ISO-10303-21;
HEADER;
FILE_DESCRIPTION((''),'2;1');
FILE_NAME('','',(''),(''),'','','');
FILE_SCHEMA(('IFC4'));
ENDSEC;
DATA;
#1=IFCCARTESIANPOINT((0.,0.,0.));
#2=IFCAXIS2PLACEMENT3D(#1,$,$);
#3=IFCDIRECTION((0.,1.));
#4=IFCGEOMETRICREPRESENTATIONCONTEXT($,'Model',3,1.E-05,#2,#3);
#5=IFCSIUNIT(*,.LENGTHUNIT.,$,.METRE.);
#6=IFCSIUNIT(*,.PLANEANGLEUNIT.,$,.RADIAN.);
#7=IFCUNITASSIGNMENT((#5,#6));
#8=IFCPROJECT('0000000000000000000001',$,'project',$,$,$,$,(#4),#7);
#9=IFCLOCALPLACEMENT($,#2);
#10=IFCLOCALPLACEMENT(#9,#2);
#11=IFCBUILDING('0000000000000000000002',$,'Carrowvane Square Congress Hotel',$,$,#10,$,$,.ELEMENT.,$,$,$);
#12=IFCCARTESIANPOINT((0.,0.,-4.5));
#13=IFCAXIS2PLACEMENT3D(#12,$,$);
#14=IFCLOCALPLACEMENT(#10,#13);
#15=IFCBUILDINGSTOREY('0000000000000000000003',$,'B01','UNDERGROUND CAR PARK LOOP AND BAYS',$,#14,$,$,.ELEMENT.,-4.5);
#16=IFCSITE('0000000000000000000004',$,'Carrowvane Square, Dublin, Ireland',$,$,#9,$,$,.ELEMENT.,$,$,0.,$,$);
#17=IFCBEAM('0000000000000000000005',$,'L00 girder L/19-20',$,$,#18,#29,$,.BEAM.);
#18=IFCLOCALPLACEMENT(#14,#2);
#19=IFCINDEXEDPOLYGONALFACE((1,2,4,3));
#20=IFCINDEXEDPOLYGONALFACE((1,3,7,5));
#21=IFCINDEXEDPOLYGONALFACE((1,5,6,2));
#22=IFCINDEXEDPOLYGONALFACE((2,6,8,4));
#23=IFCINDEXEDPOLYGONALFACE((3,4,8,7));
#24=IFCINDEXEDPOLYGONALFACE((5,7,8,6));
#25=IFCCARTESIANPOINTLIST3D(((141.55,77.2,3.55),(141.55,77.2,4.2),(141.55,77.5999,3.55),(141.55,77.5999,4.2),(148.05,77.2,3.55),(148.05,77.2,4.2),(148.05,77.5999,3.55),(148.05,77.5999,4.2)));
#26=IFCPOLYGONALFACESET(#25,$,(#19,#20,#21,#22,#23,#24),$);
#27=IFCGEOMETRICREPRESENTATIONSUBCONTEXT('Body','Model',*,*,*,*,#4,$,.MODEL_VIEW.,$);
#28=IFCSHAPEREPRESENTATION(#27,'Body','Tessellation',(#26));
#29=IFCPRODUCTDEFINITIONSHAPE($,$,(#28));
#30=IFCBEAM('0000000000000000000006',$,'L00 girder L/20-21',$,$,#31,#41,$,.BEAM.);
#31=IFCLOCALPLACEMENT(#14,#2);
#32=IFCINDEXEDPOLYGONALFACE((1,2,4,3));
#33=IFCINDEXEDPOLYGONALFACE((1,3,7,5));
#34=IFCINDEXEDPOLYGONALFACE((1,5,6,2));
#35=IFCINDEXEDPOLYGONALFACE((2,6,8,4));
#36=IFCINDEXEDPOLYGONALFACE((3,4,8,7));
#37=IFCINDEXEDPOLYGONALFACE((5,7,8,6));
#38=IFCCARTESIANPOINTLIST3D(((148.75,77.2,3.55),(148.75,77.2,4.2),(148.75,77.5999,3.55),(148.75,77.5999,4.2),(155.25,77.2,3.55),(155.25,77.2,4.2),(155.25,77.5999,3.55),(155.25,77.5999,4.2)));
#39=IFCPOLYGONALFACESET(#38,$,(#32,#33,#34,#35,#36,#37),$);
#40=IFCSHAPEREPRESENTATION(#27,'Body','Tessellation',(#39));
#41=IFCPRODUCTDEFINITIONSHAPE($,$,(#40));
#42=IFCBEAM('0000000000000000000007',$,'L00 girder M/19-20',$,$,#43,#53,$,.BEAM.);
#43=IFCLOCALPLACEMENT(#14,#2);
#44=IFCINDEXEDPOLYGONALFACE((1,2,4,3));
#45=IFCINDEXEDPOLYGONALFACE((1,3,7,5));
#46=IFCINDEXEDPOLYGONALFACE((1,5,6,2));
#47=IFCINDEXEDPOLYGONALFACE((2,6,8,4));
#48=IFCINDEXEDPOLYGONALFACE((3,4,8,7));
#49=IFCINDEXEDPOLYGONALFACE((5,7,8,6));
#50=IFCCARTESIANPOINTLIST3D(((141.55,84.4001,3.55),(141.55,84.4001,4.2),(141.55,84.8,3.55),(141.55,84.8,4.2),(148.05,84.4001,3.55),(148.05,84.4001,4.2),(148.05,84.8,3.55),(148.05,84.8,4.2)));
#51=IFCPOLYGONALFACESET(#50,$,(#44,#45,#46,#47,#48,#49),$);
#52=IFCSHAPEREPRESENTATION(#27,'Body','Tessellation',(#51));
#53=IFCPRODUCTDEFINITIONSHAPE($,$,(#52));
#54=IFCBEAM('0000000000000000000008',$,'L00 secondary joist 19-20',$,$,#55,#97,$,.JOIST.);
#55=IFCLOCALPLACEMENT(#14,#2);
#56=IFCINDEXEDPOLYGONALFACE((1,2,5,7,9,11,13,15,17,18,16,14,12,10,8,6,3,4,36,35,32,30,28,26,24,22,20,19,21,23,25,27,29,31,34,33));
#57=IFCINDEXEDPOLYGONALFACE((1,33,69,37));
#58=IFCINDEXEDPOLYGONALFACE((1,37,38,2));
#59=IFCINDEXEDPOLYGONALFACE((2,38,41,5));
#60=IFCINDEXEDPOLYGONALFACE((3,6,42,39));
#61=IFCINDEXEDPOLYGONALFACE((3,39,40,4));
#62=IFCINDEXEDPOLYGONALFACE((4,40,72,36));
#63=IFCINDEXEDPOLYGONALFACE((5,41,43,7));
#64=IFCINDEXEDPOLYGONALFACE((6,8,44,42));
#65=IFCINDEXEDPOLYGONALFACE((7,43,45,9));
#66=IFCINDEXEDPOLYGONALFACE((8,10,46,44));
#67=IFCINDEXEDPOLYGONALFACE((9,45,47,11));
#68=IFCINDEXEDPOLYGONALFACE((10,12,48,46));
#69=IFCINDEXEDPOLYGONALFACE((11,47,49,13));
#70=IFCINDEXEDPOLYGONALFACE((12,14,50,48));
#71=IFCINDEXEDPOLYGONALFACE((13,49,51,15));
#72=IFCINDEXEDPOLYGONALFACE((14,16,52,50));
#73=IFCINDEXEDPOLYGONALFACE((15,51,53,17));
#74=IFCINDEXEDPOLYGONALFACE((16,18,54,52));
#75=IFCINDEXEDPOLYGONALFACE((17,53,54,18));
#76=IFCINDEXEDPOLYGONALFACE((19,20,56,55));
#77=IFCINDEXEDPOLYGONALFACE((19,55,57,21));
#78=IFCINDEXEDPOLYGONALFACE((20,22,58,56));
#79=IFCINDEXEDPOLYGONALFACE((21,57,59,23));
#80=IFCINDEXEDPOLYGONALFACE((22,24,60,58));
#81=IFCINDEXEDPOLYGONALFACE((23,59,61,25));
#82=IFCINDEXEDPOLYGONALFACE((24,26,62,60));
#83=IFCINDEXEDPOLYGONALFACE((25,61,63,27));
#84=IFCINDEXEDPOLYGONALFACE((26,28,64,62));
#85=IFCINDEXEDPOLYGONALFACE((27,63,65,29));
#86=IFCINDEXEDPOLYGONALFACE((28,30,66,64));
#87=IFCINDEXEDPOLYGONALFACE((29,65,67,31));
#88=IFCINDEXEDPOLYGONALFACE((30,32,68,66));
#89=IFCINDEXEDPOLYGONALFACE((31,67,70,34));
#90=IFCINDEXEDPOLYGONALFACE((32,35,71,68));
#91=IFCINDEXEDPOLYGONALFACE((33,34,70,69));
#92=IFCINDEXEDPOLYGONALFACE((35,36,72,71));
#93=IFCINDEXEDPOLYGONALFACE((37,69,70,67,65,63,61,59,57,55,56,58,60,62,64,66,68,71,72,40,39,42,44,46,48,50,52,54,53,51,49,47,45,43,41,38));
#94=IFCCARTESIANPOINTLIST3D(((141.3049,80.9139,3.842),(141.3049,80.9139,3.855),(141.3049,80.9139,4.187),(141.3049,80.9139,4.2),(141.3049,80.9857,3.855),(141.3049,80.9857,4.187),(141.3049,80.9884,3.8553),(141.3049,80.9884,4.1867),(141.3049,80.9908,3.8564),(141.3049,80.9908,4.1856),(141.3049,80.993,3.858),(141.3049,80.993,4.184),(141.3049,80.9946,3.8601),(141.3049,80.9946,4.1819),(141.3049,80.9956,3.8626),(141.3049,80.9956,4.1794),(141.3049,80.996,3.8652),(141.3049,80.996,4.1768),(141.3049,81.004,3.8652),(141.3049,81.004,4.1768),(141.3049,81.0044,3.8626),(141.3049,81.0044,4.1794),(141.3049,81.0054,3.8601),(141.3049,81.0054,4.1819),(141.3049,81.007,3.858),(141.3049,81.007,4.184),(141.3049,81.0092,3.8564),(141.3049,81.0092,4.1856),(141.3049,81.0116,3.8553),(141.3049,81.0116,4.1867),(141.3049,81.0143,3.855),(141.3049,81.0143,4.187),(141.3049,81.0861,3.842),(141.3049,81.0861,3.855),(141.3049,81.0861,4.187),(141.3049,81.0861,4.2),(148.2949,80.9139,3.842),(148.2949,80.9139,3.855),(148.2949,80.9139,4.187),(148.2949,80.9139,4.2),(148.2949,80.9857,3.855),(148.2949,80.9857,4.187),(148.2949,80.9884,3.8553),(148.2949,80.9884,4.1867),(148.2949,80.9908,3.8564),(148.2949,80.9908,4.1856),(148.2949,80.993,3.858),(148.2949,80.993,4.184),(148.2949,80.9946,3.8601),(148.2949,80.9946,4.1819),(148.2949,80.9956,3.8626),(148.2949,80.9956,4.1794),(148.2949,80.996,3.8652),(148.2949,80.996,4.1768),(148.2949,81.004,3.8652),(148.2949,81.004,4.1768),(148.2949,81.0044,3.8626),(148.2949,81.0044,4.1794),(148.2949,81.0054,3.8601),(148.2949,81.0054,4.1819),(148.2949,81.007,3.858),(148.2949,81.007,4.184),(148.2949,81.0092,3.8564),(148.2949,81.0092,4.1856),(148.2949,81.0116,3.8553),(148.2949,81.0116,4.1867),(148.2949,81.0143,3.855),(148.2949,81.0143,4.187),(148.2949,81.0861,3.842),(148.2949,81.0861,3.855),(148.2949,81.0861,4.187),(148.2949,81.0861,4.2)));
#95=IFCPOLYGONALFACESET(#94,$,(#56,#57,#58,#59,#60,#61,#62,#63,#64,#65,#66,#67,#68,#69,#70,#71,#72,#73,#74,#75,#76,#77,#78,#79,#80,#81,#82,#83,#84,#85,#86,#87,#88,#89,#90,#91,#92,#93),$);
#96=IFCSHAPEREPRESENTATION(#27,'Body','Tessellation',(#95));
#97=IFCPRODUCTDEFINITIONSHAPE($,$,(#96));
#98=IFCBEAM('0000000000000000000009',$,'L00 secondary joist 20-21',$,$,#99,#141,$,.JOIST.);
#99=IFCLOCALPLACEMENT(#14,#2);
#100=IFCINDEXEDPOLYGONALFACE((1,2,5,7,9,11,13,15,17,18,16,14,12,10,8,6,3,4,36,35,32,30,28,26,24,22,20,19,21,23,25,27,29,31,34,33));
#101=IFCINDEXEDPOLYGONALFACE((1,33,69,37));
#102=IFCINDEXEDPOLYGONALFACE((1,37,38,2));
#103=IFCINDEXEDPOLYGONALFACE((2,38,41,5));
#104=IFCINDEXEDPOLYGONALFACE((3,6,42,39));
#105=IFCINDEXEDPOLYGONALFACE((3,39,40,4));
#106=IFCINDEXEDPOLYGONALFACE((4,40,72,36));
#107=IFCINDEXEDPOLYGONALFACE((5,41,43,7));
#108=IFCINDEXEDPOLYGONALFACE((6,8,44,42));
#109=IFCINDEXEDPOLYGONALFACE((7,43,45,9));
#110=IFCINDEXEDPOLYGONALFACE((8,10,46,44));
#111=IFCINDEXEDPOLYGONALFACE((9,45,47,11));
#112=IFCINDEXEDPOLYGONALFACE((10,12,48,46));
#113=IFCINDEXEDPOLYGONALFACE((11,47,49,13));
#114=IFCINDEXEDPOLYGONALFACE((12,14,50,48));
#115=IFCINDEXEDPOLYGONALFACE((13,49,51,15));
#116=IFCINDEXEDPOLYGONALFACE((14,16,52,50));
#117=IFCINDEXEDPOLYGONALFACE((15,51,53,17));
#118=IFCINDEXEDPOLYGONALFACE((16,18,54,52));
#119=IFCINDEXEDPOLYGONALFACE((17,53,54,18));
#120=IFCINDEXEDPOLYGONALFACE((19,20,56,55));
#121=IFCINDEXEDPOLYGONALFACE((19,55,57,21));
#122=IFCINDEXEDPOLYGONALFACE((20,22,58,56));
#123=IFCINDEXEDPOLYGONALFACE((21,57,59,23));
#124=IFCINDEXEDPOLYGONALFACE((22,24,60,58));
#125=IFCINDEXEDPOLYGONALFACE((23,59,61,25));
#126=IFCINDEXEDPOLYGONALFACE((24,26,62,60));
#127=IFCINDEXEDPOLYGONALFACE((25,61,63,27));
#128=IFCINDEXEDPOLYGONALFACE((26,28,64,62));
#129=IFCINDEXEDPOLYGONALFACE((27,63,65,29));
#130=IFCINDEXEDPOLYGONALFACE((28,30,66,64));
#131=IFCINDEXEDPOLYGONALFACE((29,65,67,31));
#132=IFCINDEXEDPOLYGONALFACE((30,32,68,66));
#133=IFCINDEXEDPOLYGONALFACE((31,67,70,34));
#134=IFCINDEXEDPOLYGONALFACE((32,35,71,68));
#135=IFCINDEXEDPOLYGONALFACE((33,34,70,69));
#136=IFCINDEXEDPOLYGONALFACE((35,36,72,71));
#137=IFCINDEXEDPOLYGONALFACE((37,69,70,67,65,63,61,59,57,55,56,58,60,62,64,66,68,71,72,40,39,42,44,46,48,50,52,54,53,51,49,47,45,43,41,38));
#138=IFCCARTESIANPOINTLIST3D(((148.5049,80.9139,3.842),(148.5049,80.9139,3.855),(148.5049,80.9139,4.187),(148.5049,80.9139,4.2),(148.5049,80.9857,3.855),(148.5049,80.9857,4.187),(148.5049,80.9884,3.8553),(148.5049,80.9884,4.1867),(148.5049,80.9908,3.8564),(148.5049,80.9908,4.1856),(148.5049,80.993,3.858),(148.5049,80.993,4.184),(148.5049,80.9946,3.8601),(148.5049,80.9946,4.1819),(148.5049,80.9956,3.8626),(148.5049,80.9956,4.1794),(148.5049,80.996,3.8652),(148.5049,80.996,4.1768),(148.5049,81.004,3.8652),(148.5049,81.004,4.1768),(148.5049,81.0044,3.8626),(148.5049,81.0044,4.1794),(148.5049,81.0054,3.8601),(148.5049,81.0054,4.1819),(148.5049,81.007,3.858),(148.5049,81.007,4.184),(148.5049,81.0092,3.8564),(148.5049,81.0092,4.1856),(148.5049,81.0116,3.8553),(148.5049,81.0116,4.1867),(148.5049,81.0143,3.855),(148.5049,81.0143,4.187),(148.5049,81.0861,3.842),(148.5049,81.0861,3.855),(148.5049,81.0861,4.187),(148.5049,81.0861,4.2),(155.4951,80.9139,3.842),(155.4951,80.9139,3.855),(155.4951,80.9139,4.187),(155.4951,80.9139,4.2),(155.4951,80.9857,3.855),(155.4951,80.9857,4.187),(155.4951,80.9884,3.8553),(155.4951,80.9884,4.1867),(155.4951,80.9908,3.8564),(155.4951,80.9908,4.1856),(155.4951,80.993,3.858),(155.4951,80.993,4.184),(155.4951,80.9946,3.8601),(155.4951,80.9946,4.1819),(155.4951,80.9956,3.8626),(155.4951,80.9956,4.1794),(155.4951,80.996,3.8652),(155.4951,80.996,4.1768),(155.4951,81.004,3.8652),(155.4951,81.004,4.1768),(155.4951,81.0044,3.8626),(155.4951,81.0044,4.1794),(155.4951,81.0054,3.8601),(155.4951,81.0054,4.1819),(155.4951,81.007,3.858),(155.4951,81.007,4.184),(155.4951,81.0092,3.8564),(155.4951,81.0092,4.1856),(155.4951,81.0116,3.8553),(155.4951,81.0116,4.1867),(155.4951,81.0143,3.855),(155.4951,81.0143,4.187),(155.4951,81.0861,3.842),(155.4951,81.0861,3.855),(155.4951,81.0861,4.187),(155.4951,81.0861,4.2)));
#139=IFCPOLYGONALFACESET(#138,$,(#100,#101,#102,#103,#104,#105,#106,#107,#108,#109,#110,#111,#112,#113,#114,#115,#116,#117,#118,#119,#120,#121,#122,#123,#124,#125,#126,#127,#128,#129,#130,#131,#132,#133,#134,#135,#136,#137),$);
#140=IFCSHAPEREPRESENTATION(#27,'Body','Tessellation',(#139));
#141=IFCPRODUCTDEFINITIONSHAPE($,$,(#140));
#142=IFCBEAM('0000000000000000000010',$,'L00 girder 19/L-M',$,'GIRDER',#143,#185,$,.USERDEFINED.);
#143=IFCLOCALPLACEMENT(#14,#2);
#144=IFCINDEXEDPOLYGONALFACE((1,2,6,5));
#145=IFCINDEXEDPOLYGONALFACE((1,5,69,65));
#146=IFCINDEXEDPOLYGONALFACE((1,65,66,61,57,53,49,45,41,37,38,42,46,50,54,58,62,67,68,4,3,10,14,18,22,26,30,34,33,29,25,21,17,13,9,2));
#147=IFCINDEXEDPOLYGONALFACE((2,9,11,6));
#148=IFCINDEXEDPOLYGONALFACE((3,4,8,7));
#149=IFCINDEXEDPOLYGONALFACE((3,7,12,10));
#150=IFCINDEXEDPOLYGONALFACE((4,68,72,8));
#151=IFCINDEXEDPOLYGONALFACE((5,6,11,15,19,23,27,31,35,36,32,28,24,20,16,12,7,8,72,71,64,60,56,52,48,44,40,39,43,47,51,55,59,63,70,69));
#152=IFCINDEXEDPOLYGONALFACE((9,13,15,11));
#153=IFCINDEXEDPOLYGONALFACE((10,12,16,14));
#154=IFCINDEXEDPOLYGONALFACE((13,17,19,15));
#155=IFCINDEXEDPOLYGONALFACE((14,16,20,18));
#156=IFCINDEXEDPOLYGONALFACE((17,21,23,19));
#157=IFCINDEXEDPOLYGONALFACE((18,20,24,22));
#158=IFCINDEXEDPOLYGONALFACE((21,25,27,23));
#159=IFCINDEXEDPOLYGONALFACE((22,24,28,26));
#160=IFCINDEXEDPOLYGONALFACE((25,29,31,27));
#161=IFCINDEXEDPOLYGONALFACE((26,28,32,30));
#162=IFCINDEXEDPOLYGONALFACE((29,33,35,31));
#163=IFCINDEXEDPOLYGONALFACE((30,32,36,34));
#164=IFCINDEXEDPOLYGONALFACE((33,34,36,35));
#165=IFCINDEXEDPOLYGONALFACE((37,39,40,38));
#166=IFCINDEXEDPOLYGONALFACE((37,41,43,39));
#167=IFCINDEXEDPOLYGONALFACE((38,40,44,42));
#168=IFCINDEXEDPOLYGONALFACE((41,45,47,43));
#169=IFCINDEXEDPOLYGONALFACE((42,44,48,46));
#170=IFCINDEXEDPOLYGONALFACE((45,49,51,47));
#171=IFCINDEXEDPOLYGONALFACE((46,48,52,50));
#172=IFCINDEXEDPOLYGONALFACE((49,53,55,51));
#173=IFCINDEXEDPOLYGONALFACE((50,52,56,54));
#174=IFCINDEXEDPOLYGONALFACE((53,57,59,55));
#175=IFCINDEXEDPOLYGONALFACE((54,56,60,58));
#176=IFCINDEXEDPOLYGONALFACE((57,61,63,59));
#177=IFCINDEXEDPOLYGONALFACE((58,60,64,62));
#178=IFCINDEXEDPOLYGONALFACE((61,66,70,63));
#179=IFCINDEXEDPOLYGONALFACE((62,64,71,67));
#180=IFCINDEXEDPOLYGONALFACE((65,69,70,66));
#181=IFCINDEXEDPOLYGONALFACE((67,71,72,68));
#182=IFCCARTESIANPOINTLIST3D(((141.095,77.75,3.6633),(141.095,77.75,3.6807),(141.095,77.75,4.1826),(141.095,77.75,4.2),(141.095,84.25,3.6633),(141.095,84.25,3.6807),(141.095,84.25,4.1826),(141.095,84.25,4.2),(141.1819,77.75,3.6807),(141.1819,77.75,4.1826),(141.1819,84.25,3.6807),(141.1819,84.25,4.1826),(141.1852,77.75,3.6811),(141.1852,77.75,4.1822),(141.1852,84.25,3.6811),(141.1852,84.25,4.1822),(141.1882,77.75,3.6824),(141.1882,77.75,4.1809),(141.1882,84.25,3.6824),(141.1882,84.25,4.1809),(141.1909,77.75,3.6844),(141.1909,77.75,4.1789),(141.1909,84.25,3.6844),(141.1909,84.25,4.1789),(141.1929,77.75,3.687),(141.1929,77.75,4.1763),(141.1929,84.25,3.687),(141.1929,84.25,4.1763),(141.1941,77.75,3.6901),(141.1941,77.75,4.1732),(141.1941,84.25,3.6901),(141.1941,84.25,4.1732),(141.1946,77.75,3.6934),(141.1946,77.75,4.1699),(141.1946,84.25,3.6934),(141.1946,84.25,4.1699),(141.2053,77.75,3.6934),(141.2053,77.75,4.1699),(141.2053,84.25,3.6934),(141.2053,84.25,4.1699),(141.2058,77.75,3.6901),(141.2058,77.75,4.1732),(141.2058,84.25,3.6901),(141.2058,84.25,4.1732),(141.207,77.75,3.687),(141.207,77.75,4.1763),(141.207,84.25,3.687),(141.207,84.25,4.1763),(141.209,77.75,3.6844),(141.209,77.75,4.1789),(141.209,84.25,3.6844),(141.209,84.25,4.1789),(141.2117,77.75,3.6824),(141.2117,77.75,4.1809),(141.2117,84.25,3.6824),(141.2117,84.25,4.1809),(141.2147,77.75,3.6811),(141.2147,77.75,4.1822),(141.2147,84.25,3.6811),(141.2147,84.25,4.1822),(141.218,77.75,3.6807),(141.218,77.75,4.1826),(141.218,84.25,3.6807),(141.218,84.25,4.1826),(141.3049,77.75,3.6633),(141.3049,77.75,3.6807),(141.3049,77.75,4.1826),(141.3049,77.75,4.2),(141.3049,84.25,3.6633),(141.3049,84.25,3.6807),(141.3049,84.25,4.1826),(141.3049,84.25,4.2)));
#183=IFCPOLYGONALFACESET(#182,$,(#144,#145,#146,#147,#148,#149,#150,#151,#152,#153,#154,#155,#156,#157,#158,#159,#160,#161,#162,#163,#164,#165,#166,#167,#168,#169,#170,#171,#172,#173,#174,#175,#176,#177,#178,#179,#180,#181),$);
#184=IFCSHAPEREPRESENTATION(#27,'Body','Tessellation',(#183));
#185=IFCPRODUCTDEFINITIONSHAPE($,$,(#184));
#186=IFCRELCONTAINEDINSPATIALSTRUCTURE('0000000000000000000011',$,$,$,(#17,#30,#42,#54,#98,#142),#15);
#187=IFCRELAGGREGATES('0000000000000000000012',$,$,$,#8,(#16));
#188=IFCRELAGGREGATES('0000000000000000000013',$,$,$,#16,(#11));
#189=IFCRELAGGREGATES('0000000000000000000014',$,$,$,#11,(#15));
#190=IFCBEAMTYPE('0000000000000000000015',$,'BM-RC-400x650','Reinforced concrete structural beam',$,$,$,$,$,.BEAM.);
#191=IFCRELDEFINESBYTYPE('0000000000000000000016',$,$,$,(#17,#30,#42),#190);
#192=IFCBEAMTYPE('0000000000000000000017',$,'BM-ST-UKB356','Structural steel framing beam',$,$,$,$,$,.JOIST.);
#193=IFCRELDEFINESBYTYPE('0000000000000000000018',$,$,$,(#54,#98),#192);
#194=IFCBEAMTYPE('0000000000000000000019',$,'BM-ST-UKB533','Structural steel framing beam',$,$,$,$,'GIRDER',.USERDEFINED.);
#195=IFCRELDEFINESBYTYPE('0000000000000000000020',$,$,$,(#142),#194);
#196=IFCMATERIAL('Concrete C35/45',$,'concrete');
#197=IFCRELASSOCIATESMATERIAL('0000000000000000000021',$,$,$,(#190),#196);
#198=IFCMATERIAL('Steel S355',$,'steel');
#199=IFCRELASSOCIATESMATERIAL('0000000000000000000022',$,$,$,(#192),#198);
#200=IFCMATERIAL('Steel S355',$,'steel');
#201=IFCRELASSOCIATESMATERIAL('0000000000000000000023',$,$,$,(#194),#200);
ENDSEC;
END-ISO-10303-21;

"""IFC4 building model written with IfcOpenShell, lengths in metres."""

from ifc_helpers import new_model, si_unit, direction, frame, origin, origin_2d, place, context, subcontext, project, spatial, rectangle, i_section, extrude, material, material_profile, profile_set, type_object, element, save


model = new_model("IFC4")

# Units and contexts
model_context = context("Model", 3, precision=1e-05, world=origin(), true_north=direction((0.0, 1.0)))
body_context = subcontext(model_context, "Body", "Model", "MODEL_VIEW")
ifc_project = project(units=[si_unit("LENGTHUNIT", "METRE"), si_unit("PLANEANGLEUNIT", "RADIAN")], contexts=[model_context])

# Site, building, storey
site_placement = place(None, origin())
site = spatial("IfcSite", under=ifc_project, at=site_placement, Name="Carrowvane Square, Dublin, Ireland", CompositionType="ELEMENT", RefElevation=0.0)
building_placement = place(site_placement, origin())
building = spatial("IfcBuilding", under=site, at=building_placement, Name="Carrowvane Square Congress Hotel", CompositionType="ELEMENT")
storey_placement = place(building_placement, frame((0.0, 0.0, -4.5)))
storey = spatial("IfcBuildingStorey", under=building, at=storey_placement, Name="B01", Description="UNDERGROUND CAR PARK LOOP AND BAYS", CompositionType="ELEMENT", Elevation=-4.5)

# Beams
ifc_material_1 = material(Name="Concrete C35/45", Category="concrete")
ifc_material_profile_1 = material_profile(ifc_material_1, rectangle(XDim=0.3999, YDim=0.6499, at=origin_2d()), Name="RC 400x650")
ifc_profile_set_1 = profile_set([ifc_material_profile_1], Name="Concrete C35/45")
beam_type_1 = type_object("IfcBeamType", Name="BM-RC-400x650", Description="Reinforced concrete structural beam", PredefinedType="BEAM", material=ifc_profile_set_1)
for number, where, z_axis, x_axis, name in (
    (1, (141.55, 77.3999, 3.875), (1.0, 0.0, 0.0), (0.0, 1.0, 0.0), "L00 girder L/19-20"),
    (2, (148.75, 77.3999, 3.875), (1.0, 0.0, 0.0), (0.0, 1.0, 0.0), "L00 girder L/20-21"),
    (3, (141.55, 84.6001, 3.875), (1.0, 0.0, 0.0), (0.0, 1.0, 0.0), "L00 girder M/19-20"),
):
    element("IfcBeam", number, at=place(storey_placement, frame(where, z_axis=z_axis, x_axis=x_axis)), inside=storey, type_object=beam_type_1, Name=name, PredefinedType="BEAM", context=body_context, shape_type="SweptSolid", body=[
        extrude(rectangle(XDim=0.3999, YDim=0.6499, at=origin_2d()), origin(), (0.0, 0.0, 1.0), 6.5),
    ])
ifc_material_2 = material(Name="Steel S355", Category="steel")
ifc_material_profile_2 = material_profile(ifc_material_2, i_section(OverallWidth=0.1721, OverallDepth=0.3579, WebThickness=0.0081, FlangeThickness=0.0129, FilletRadius=0.0103, at=origin_2d()), Name="UKB 356x171x57")
ifc_profile_set_2 = profile_set([ifc_material_profile_2], Name="Steel S355")
beam_type_2 = type_object("IfcBeamType", Name="BM-ST-UKB356", Description="Structural steel framing beam", PredefinedType="JOIST", material=ifc_profile_set_2)
beam_1_placement = place(storey_placement, frame((141.3049, 81.0, 4.021), z_axis=(1.0, 0.0, 0.0), x_axis=(0.0, 1.0, 0.0)))
element("IfcBeam", 4, at=beam_1_placement, inside=storey, type_object=beam_type_2, Name="L00 secondary joist 19-20", PredefinedType="JOIST", context=body_context, shape_type="SweptSolid", body=[
    extrude(i_section(OverallWidth=0.1721, OverallDepth=0.3579, WebThickness=0.0081, FlangeThickness=0.0129, FilletRadius=0.0103, at=origin_2d()), origin(), (0.0, 0.0, 1.0), 6.99),
])
beam_2_placement = place(storey_placement, frame((148.5049, 81.0, 4.021), z_axis=(1.0, 0.0, 0.0), x_axis=(0.0, 1.0, 0.0)))
element("IfcBeam", 5, at=beam_2_placement, inside=storey, type_object=beam_type_2, Name="L00 secondary joist 20-21", PredefinedType="JOIST", context=body_context, shape_type="SweptSolid", body=[
    extrude(i_section(OverallWidth=0.1721, OverallDepth=0.3579, WebThickness=0.0081, FlangeThickness=0.0129, FilletRadius=0.0103, at=origin_2d()), origin(), (0.0, 0.0, 1.0), 6.9902),
])
ifc_material_3 = material(Name="Steel S355", Category="steel")
ifc_material_profile_3 = material_profile(ifc_material_3, i_section(OverallWidth=0.21, OverallDepth=0.5366, WebThickness=0.0107, FlangeThickness=0.0173, FilletRadius=0.0127, at=origin_2d()), Name="UKB 533x210x101")
ifc_profile_set_3 = profile_set([ifc_material_profile_3], Name="Steel S355")
beam_type_3 = type_object("IfcBeamType", Name="BM-ST-UKB533", Description="Structural steel framing beam", ElementType="GIRDER", PredefinedType="USERDEFINED", material=ifc_profile_set_3)
for number, where, z_axis, x_axis, name in (
    (6, (141.2, 77.75, 3.9316), (0.0, 1.0, 0.0), (-1.0, 0.0, 0.0), "L00 girder 19/L-M"),
):
    element("IfcBeam", number, at=place(storey_placement, frame(where, z_axis=z_axis, x_axis=x_axis)), inside=storey, type_object=beam_type_3, Name=name, ObjectType="GIRDER", PredefinedType="USERDEFINED", context=body_context, shape_type="SweptSolid", body=[
        extrude(i_section(OverallWidth=0.21, OverallDepth=0.5366, WebThickness=0.0107, FlangeThickness=0.0173, FilletRadius=0.0127, at=origin_2d()), origin(), (0.0, 0.0, 1.0), 6.5),
    ])

save(model, "model.ifc")
